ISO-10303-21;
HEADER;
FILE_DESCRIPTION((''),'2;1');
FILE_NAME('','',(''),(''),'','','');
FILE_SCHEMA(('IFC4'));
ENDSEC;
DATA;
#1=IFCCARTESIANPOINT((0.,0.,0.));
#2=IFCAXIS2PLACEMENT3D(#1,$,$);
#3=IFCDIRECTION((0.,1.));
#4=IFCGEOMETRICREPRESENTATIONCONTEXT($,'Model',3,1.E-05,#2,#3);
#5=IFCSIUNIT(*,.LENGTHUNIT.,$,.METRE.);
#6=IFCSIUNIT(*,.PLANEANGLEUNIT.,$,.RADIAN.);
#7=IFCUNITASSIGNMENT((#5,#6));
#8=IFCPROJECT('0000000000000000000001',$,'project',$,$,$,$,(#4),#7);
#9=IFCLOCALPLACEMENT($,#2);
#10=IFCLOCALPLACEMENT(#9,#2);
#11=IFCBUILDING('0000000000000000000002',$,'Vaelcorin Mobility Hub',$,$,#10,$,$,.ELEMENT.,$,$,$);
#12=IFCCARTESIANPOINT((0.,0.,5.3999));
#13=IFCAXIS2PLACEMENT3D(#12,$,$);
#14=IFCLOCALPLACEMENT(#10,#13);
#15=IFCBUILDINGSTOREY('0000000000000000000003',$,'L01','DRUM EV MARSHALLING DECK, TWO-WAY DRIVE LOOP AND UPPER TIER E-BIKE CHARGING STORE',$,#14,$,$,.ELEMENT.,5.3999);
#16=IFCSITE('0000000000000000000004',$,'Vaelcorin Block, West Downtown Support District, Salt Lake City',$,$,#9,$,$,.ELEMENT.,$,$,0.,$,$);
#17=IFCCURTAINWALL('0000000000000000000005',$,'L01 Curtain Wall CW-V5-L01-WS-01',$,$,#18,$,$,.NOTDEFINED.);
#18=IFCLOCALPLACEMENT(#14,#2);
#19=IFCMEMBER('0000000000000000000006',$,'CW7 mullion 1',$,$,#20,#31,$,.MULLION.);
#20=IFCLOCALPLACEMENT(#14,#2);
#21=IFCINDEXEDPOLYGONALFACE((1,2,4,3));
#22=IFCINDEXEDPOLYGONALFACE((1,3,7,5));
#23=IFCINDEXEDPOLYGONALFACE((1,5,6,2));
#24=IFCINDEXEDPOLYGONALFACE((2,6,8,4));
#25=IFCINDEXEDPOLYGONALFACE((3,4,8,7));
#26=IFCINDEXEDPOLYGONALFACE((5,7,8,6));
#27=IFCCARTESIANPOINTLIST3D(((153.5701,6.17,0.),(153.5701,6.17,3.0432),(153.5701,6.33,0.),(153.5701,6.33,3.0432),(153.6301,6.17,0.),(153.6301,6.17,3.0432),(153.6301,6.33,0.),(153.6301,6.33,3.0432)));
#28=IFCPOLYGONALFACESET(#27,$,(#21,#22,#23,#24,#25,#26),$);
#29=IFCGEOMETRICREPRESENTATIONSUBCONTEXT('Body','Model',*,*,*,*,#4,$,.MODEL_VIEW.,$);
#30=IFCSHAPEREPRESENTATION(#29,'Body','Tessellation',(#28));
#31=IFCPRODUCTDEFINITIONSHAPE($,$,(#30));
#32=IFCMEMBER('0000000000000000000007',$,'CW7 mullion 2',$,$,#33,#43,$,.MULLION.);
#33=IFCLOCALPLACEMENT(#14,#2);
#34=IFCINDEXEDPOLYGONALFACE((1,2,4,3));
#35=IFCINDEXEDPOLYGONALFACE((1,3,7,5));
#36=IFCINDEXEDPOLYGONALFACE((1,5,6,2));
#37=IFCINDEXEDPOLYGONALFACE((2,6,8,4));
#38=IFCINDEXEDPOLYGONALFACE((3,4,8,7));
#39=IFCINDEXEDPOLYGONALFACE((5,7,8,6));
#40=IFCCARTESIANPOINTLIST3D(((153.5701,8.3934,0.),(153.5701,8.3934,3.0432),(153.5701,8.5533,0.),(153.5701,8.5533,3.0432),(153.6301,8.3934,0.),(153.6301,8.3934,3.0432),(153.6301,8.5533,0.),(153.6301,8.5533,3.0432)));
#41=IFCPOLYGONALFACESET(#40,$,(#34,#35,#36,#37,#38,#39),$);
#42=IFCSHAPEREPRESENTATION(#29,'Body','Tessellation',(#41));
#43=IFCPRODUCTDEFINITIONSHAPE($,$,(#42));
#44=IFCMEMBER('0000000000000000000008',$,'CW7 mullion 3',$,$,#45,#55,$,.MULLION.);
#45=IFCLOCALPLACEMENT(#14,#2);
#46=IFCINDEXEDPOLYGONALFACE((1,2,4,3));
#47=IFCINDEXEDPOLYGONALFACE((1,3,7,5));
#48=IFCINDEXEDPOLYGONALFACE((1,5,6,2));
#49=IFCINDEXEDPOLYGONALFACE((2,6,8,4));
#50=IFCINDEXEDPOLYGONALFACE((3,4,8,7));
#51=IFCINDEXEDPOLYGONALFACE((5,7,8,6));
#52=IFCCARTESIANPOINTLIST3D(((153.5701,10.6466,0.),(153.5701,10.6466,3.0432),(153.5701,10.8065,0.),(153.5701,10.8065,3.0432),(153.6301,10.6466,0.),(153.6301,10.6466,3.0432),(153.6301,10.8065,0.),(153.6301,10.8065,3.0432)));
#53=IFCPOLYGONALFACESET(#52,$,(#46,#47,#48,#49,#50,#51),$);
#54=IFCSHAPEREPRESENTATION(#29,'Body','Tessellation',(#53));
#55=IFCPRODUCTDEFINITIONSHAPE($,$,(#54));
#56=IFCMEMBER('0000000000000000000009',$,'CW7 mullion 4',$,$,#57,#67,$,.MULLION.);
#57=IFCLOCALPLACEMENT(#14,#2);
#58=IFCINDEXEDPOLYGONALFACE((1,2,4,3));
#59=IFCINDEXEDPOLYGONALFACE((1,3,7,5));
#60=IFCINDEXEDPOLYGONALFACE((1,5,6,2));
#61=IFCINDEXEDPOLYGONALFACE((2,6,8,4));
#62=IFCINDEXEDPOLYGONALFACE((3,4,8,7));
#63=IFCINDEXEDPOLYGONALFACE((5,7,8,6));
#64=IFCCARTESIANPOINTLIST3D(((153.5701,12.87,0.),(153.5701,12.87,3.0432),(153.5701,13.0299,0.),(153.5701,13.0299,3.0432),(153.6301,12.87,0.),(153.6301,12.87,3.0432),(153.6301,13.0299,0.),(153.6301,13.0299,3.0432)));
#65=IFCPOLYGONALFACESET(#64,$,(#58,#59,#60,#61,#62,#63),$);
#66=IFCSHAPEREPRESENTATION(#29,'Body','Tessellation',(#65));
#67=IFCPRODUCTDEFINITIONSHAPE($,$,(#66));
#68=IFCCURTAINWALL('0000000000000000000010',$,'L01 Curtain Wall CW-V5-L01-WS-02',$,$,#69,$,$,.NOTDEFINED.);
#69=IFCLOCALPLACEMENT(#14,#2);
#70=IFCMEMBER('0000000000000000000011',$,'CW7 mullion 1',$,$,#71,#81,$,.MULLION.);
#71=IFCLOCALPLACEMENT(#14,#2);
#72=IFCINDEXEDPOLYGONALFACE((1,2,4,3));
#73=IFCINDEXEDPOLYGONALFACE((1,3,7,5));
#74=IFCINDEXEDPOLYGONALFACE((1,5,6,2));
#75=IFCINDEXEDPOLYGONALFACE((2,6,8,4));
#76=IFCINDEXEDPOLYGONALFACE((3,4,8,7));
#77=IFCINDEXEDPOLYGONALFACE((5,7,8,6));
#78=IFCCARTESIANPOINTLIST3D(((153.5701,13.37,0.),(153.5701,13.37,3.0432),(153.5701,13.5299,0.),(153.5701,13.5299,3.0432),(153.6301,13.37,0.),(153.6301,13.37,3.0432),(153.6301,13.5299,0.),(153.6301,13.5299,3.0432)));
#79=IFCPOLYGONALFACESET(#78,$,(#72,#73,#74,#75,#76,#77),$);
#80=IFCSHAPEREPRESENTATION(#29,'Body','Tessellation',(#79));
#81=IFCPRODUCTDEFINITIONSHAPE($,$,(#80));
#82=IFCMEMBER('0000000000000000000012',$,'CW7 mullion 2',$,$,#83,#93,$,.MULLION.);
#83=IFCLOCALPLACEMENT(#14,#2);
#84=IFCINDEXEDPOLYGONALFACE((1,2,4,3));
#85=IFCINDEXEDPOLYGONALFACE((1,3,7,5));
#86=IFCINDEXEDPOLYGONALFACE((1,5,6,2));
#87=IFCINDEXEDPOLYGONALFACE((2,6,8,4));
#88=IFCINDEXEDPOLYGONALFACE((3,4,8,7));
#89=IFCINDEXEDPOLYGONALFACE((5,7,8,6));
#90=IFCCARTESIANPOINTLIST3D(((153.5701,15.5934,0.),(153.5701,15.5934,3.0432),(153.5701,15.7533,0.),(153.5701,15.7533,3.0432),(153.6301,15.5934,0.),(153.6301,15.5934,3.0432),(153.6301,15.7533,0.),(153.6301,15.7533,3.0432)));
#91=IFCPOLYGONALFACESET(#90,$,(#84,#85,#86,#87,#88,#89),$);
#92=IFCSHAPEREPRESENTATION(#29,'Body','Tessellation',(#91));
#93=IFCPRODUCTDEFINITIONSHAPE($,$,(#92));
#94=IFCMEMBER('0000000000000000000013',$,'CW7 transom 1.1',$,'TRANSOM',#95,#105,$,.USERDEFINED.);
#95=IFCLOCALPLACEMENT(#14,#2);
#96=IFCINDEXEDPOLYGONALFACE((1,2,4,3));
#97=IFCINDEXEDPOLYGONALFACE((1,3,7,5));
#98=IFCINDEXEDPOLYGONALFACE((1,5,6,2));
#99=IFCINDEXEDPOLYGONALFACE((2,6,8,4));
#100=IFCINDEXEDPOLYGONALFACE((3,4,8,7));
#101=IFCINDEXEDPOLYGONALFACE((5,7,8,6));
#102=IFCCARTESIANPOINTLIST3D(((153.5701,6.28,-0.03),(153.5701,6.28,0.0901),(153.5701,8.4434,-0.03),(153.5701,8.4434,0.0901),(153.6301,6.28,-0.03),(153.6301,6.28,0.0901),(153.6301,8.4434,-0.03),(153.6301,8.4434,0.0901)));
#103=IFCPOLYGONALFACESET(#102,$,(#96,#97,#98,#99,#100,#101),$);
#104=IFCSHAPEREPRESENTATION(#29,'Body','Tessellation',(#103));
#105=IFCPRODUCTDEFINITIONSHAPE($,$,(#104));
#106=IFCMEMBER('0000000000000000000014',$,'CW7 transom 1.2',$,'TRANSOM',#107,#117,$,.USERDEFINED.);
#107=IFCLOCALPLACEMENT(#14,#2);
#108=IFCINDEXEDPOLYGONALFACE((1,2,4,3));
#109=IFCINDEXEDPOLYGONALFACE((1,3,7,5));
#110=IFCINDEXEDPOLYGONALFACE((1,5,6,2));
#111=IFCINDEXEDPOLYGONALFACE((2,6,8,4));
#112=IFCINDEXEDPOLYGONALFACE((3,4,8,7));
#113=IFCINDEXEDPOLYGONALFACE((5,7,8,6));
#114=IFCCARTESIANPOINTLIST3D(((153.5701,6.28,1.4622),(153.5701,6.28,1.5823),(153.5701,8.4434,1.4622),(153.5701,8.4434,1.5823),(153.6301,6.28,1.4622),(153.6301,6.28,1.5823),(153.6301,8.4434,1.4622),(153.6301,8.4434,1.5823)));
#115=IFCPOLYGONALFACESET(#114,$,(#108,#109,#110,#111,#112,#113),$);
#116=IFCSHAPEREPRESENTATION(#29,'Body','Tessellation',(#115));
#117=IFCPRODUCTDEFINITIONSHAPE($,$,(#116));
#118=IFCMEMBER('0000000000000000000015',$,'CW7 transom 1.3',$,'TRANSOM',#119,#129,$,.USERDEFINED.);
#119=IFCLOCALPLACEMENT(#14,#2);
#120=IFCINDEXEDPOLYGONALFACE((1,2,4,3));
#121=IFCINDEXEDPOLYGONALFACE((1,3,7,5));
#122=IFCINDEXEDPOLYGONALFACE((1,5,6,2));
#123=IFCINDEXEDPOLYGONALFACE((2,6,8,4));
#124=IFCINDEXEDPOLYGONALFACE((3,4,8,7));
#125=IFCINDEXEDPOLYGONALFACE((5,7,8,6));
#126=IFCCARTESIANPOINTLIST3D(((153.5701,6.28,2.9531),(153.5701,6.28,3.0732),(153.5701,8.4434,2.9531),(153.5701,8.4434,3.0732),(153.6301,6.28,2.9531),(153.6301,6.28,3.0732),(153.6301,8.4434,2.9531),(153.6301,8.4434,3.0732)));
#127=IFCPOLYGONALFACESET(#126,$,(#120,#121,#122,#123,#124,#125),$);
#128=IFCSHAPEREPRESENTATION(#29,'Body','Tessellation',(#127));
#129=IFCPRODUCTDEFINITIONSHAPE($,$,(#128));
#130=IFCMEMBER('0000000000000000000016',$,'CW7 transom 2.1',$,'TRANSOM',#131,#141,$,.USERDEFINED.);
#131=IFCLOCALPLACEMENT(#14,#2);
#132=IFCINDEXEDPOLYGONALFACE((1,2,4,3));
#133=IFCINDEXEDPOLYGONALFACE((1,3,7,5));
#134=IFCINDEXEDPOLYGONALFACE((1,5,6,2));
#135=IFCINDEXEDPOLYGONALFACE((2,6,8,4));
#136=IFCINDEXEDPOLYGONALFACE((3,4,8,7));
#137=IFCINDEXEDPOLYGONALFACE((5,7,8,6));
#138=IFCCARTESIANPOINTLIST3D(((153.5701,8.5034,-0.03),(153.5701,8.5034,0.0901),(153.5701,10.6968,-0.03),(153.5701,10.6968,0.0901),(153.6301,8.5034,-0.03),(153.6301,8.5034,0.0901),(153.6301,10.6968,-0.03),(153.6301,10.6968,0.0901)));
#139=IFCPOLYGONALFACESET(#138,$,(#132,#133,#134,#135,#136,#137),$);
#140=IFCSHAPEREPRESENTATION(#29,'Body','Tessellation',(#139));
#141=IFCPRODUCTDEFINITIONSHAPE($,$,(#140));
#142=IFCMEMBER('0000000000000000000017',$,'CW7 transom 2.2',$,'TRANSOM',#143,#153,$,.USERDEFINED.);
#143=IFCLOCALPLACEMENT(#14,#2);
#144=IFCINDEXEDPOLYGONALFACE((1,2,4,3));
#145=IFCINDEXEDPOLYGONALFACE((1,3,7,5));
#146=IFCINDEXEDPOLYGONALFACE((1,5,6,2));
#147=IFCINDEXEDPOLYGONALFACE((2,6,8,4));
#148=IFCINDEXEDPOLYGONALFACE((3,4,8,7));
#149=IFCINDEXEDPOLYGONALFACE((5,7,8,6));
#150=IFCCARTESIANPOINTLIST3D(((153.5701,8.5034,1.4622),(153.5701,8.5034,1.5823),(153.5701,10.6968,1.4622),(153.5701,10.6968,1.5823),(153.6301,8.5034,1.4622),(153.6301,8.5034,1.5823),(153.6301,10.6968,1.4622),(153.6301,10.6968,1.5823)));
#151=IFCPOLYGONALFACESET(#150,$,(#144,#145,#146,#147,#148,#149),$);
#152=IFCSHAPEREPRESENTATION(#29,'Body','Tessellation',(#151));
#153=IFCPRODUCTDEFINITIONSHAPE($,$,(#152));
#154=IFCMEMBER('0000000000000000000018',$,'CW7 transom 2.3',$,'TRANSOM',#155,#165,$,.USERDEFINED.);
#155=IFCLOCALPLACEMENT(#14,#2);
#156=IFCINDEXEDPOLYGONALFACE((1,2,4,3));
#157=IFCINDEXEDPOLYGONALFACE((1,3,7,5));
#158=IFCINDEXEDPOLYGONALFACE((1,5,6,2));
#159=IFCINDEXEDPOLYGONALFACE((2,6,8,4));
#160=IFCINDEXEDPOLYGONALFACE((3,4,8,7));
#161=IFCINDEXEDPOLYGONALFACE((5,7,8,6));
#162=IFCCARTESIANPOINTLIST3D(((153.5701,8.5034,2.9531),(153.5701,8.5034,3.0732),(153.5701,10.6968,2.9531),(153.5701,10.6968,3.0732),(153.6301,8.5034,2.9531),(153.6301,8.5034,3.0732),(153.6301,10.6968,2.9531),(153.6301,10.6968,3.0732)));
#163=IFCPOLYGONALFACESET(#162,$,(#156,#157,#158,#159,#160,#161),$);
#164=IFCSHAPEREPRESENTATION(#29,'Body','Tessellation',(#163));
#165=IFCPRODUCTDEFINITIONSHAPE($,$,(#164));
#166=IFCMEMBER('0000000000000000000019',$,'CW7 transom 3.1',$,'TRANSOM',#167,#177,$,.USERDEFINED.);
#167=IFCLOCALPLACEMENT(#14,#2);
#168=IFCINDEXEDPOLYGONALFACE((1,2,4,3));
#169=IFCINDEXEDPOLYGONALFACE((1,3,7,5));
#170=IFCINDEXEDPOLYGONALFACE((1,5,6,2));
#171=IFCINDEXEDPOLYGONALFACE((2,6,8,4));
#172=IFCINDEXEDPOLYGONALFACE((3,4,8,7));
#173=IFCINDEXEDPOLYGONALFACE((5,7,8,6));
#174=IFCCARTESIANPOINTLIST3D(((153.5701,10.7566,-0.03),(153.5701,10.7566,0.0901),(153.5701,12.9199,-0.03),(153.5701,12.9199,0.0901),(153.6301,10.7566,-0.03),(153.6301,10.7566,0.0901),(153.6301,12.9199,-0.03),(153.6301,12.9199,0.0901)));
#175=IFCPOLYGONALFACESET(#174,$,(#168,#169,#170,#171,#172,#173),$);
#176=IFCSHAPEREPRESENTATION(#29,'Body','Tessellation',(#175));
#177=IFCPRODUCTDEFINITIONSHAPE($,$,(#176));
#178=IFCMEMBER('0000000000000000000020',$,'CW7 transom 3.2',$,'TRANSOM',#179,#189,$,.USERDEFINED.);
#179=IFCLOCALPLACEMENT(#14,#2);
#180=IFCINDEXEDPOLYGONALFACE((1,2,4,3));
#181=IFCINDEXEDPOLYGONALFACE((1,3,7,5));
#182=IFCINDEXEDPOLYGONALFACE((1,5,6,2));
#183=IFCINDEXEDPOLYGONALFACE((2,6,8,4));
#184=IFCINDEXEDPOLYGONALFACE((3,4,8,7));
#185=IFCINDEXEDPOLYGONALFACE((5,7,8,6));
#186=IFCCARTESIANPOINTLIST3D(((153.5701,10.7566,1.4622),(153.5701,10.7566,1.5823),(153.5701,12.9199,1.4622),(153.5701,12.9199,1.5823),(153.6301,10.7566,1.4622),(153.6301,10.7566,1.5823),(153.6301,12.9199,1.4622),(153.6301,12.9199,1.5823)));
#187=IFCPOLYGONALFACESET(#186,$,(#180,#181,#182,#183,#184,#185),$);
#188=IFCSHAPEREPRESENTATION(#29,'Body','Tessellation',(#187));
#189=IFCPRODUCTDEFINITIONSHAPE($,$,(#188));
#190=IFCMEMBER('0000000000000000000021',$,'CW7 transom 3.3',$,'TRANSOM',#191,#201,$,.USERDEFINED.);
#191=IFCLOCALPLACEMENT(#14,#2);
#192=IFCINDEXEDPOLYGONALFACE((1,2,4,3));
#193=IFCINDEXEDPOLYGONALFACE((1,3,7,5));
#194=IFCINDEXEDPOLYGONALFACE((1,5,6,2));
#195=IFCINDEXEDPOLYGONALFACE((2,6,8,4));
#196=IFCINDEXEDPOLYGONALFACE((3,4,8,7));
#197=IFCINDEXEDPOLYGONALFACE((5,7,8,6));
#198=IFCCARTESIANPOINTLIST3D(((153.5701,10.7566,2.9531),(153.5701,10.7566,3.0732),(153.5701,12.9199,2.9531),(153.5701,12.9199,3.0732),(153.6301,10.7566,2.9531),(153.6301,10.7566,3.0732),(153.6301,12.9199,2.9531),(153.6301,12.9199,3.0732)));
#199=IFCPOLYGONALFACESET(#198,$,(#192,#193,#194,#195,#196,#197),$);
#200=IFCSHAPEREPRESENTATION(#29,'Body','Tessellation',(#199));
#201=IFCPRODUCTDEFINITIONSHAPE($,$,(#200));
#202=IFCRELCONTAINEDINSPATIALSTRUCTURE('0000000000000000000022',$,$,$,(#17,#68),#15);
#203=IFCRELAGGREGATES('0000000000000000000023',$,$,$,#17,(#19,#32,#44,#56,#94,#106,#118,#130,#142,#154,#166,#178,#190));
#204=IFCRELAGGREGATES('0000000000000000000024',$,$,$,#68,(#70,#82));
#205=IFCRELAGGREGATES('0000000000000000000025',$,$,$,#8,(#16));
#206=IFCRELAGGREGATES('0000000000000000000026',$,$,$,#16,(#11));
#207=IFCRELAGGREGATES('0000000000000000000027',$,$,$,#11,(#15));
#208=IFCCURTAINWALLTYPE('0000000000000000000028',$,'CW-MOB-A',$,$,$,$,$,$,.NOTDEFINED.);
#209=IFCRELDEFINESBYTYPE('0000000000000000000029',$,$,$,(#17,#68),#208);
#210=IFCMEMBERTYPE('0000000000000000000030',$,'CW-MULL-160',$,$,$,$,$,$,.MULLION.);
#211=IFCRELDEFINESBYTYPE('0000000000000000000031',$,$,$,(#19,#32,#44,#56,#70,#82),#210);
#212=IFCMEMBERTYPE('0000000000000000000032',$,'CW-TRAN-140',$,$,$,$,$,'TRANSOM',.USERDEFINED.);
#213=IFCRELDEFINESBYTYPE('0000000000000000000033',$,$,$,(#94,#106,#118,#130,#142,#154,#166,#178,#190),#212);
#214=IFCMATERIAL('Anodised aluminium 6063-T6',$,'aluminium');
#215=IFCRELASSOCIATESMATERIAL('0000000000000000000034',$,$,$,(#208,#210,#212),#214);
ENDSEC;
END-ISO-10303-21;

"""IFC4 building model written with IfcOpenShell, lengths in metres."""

from ifc_helpers import new_model, si_unit, direction, frame, origin, origin_2d, place, context, subcontext, project, spatial, rectangle, extrude, material, material_profile, profile_set, type_object, element, aggregate, save


model = new_model("IFC4")

# Units and contexts
model_context = context("Model", 3, precision=1e-05, world=origin(), true_north=direction((0.0, 1.0)))
body_context = subcontext(model_context, "Body", "Model", "MODEL_VIEW")
ifc_project = project(units=[si_unit("LENGTHUNIT", "METRE"), si_unit("PLANEANGLEUNIT", "RADIAN")], contexts=[model_context])

# Site, building, storey
site_placement = place(None, origin())
site = spatial("IfcSite", under=ifc_project, at=site_placement, Name="Vaelcorin Block, West Downtown Support District, Salt Lake City", CompositionType="ELEMENT", RefElevation=0.0)
building_placement = place(site_placement, origin())
building = spatial("IfcBuilding", under=site, at=building_placement, Name="Vaelcorin Mobility Hub", CompositionType="ELEMENT")
storey_placement = place(building_placement, frame((0.0, 0.0, 5.3999)))
storey = spatial("IfcBuildingStorey", under=building, at=storey_placement, Name="L01", Description="DRUM EV MARSHALLING DECK, TWO-WAY DRIVE LOOP AND UPPER TIER E-BIKE CHARGING STORE", CompositionType="ELEMENT", Elevation=5.3999)

# Curtain walls, members
ifc_material_1 = material(Name="Anodised aluminium 6063-T6", Category="aluminium")
curtain_wall_type = type_object("IfcCurtainWallType", Name="CW-MOB-A", PredefinedType="NOTDEFINED", material=ifc_material_1)
curtain_wall_1_placement = place(storey_placement, origin())
curtain_wall_1 = element("IfcCurtainWall", 1, at=curtain_wall_1_placement, inside=storey, type_object=curtain_wall_type, Name="L01 Curtain Wall CW-V5-L01-WS-01", PredefinedType="NOTDEFINED")
ifc_material_profile_1 = material_profile(ifc_material_1, rectangle(XDim=0.0601, YDim=0.1599, at=origin_2d()), Name="ALU-M60X160")
ifc_profile_set_1 = profile_set([ifc_material_profile_1], Name="Anodised aluminium 6063-T6")
member_type_1 = type_object("IfcMemberType", Name="CW-MULL-160", PredefinedType="MULLION", material=ifc_profile_set_1)
member_1_placement = place(storey_placement, frame((153.6001, 6.25, 0.0), z_axis=(0.0, 0.0, 1.0), x_axis=(-1.0, 0.0, 0.0)))
member_1 = element("IfcMember", 2, at=member_1_placement, type_object=member_type_1, Name="CW7 mullion 1", PredefinedType="MULLION", context=body_context, shape_type="SweptSolid", body=[
    extrude(rectangle(XDim=0.0601, YDim=0.1599, at=origin_2d()), origin(), (0.0, 0.0, 1.0), 3.0432),
])
member_2_placement = place(storey_placement, frame((153.6001, 8.4734, 0.0), z_axis=(0.0, 0.0, 1.0), x_axis=(-1.0, 0.0, 0.0)))
member_2 = element("IfcMember", 3, at=member_2_placement, type_object=member_type_1, Name="CW7 mullion 2", PredefinedType="MULLION", context=body_context, shape_type="SweptSolid", body=[
    extrude(rectangle(XDim=0.0601, YDim=0.1599, at=origin_2d()), origin(), (0.0, 0.0, 1.0), 3.0432),
])
member_3_placement = place(storey_placement, frame((153.6001, 10.7266, 0.0), z_axis=(0.0, 0.0, 1.0), x_axis=(-1.0, 0.0, 0.0)))
member_3 = element("IfcMember", 4, at=member_3_placement, type_object=member_type_1, Name="CW7 mullion 3", PredefinedType="MULLION", context=body_context, shape_type="SweptSolid", body=[
    extrude(rectangle(XDim=0.0601, YDim=0.1599, at=origin_2d()), origin(), (0.0, 0.0, 1.0), 3.0432),
])
member_4_placement = place(storey_placement, frame((153.6001, 12.95, 0.0), z_axis=(0.0, 0.0, 1.0), x_axis=(-1.0, 0.0, 0.0)))
member_4 = element("IfcMember", 5, at=member_4_placement, type_object=member_type_1, Name="CW7 mullion 4", PredefinedType="MULLION", context=body_context, shape_type="SweptSolid", body=[
    extrude(rectangle(XDim=0.0601, YDim=0.1599, at=origin_2d()), origin(), (0.0, 0.0, 1.0), 3.0432),
])
curtain_wall_2_placement = place(storey_placement, origin())
curtain_wall_2 = element("IfcCurtainWall", 6, at=curtain_wall_2_placement, inside=storey, type_object=curtain_wall_type, Name="L01 Curtain Wall CW-V5-L01-WS-02", PredefinedType="NOTDEFINED")
member_5_placement = place(storey_placement, frame((153.6001, 13.45, 0.0), z_axis=(0.0, 0.0, 1.0), x_axis=(-1.0, 0.0, 0.0)))
member_5 = element("IfcMember", 7, at=member_5_placement, type_object=member_type_1, Name="CW7 mullion 1", PredefinedType="MULLION", context=body_context, shape_type="SweptSolid", body=[
    extrude(rectangle(XDim=0.0601, YDim=0.1599, at=origin_2d()), origin(), (0.0, 0.0, 1.0), 3.0432),
])
member_6_placement = place(storey_placement, frame((153.6001, 15.6733, 0.0), z_axis=(0.0, 0.0, 1.0), x_axis=(-1.0, 0.0, 0.0)))
member_6 = element("IfcMember", 8, at=member_6_placement, type_object=member_type_1, Name="CW7 mullion 2", PredefinedType="MULLION", context=body_context, shape_type="SweptSolid", body=[
    extrude(rectangle(XDim=0.0601, YDim=0.1599, at=origin_2d()), origin(), (0.0, 0.0, 1.0), 3.0432),
])

# Members
ifc_material_profile_2 = material_profile(ifc_material_1, rectangle(XDim=0.0601, YDim=0.1201, at=origin_2d()), Name="ALU-T60X120")
ifc_profile_set_2 = profile_set([ifc_material_profile_2], Name="Anodised aluminium 6063-T6")
member_type_2 = type_object("IfcMemberType", Name="CW-TRAN-140", ElementType="TRANSOM", PredefinedType="USERDEFINED", material=ifc_profile_set_2)
member_7_placement = place(storey_placement, frame((153.6001, 6.28, 0.03), z_axis=(0.0, 1.0, 0.0), x_axis=(-1.0, 0.0, 0.0)))
member_7 = element("IfcMember", 9, at=member_7_placement, type_object=member_type_2, Name="CW7 transom 1.1", ObjectType="TRANSOM", PredefinedType="USERDEFINED", context=body_context, shape_type="SweptSolid", body=[
    extrude(rectangle(XDim=0.0601, YDim=0.1201, at=origin_2d()), origin(), (0.0, 0.0, 1.0), 2.1633),
])
member_8_placement = place(storey_placement, frame((153.6001, 6.28, 1.5222), z_axis=(0.0, 1.0, 0.0), x_axis=(-1.0, 0.0, 0.0)))
member_8 = element("IfcMember", 10, at=member_8_placement, type_object=member_type_2, Name="CW7 transom 1.2", ObjectType="TRANSOM", PredefinedType="USERDEFINED", context=body_context, shape_type="SweptSolid", body=[
    extrude(rectangle(XDim=0.0601, YDim=0.1201, at=origin_2d()), origin(), (0.0, 0.0, 1.0), 2.1633),
])
member_9_placement = place(storey_placement, frame((153.6001, 6.28, 3.0132), z_axis=(0.0, 1.0, 0.0), x_axis=(-1.0, 0.0, 0.0)))
member_9 = element("IfcMember", 11, at=member_9_placement, type_object=member_type_2, Name="CW7 transom 1.3", ObjectType="TRANSOM", PredefinedType="USERDEFINED", context=body_context, shape_type="SweptSolid", body=[
    extrude(rectangle(XDim=0.0601, YDim=0.1201, at=origin_2d()), origin(), (0.0, 0.0, 1.0), 2.1633),
])
member_10_placement = place(storey_placement, frame((153.6001, 8.5034, 0.03), z_axis=(0.0, 1.0, 0.0), x_axis=(-1.0, 0.0, 0.0)))
member_10 = element("IfcMember", 12, at=member_10_placement, type_object=member_type_2, Name="CW7 transom 2.1", ObjectType="TRANSOM", PredefinedType="USERDEFINED", context=body_context, shape_type="SweptSolid", body=[
    extrude(rectangle(XDim=0.0601, YDim=0.1201, at=origin_2d()), origin(), (0.0, 0.0, 1.0), 2.1934),
])
member_11_placement = place(storey_placement, frame((153.6001, 8.5034, 1.5222), z_axis=(0.0, 1.0, 0.0), x_axis=(-1.0, 0.0, 0.0)))
member_11 = element("IfcMember", 13, at=member_11_placement, type_object=member_type_2, Name="CW7 transom 2.2", ObjectType="TRANSOM", PredefinedType="USERDEFINED", context=body_context, shape_type="SweptSolid", body=[
    extrude(rectangle(XDim=0.0601, YDim=0.1201, at=origin_2d()), origin(), (0.0, 0.0, 1.0), 2.1934),
])
member_12_placement = place(storey_placement, frame((153.6001, 8.5034, 3.0132), z_axis=(0.0, 1.0, 0.0), x_axis=(-1.0, 0.0, 0.0)))
member_12 = element("IfcMember", 14, at=member_12_placement, type_object=member_type_2, Name="CW7 transom 2.3", ObjectType="TRANSOM", PredefinedType="USERDEFINED", context=body_context, shape_type="SweptSolid", body=[
    extrude(rectangle(XDim=0.0601, YDim=0.1201, at=origin_2d()), origin(), (0.0, 0.0, 1.0), 2.1934),
])
member_13_placement = place(storey_placement, frame((153.6001, 10.7566, 0.03), z_axis=(0.0, 1.0, 0.0), x_axis=(-1.0, 0.0, 0.0)))
member_13 = element("IfcMember", 15, at=member_13_placement, type_object=member_type_2, Name="CW7 transom 3.1", ObjectType="TRANSOM", PredefinedType="USERDEFINED", context=body_context, shape_type="SweptSolid", body=[
    extrude(rectangle(XDim=0.0601, YDim=0.1201, at=origin_2d()), origin(), (0.0, 0.0, 1.0), 2.1633),
])
member_14_placement = place(storey_placement, frame((153.6001, 10.7566, 1.5222), z_axis=(0.0, 1.0, 0.0), x_axis=(-1.0, 0.0, 0.0)))
member_14 = element("IfcMember", 16, at=member_14_placement, type_object=member_type_2, Name="CW7 transom 3.2", ObjectType="TRANSOM", PredefinedType="USERDEFINED", context=body_context, shape_type="SweptSolid", body=[
    extrude(rectangle(XDim=0.0601, YDim=0.1201, at=origin_2d()), origin(), (0.0, 0.0, 1.0), 2.1633),
])
member_15_placement = place(storey_placement, frame((153.6001, 10.7566, 3.0132), z_axis=(0.0, 1.0, 0.0), x_axis=(-1.0, 0.0, 0.0)))
member_15 = element("IfcMember", 17, at=member_15_placement, type_object=member_type_2, Name="CW7 transom 3.3", ObjectType="TRANSOM", PredefinedType="USERDEFINED", context=body_context, shape_type="SweptSolid", body=[
    extrude(rectangle(XDim=0.0601, YDim=0.1201, at=origin_2d()), origin(), (0.0, 0.0, 1.0), 2.1633),
])

aggregate(curtain_wall_1, [member_1, member_2, member_3, member_4, member_7, member_8, member_9, member_10, member_11, member_12, member_13, member_14, member_15])
aggregate(curtain_wall_2, [member_5, member_6])

save(model, "model.ifc")
